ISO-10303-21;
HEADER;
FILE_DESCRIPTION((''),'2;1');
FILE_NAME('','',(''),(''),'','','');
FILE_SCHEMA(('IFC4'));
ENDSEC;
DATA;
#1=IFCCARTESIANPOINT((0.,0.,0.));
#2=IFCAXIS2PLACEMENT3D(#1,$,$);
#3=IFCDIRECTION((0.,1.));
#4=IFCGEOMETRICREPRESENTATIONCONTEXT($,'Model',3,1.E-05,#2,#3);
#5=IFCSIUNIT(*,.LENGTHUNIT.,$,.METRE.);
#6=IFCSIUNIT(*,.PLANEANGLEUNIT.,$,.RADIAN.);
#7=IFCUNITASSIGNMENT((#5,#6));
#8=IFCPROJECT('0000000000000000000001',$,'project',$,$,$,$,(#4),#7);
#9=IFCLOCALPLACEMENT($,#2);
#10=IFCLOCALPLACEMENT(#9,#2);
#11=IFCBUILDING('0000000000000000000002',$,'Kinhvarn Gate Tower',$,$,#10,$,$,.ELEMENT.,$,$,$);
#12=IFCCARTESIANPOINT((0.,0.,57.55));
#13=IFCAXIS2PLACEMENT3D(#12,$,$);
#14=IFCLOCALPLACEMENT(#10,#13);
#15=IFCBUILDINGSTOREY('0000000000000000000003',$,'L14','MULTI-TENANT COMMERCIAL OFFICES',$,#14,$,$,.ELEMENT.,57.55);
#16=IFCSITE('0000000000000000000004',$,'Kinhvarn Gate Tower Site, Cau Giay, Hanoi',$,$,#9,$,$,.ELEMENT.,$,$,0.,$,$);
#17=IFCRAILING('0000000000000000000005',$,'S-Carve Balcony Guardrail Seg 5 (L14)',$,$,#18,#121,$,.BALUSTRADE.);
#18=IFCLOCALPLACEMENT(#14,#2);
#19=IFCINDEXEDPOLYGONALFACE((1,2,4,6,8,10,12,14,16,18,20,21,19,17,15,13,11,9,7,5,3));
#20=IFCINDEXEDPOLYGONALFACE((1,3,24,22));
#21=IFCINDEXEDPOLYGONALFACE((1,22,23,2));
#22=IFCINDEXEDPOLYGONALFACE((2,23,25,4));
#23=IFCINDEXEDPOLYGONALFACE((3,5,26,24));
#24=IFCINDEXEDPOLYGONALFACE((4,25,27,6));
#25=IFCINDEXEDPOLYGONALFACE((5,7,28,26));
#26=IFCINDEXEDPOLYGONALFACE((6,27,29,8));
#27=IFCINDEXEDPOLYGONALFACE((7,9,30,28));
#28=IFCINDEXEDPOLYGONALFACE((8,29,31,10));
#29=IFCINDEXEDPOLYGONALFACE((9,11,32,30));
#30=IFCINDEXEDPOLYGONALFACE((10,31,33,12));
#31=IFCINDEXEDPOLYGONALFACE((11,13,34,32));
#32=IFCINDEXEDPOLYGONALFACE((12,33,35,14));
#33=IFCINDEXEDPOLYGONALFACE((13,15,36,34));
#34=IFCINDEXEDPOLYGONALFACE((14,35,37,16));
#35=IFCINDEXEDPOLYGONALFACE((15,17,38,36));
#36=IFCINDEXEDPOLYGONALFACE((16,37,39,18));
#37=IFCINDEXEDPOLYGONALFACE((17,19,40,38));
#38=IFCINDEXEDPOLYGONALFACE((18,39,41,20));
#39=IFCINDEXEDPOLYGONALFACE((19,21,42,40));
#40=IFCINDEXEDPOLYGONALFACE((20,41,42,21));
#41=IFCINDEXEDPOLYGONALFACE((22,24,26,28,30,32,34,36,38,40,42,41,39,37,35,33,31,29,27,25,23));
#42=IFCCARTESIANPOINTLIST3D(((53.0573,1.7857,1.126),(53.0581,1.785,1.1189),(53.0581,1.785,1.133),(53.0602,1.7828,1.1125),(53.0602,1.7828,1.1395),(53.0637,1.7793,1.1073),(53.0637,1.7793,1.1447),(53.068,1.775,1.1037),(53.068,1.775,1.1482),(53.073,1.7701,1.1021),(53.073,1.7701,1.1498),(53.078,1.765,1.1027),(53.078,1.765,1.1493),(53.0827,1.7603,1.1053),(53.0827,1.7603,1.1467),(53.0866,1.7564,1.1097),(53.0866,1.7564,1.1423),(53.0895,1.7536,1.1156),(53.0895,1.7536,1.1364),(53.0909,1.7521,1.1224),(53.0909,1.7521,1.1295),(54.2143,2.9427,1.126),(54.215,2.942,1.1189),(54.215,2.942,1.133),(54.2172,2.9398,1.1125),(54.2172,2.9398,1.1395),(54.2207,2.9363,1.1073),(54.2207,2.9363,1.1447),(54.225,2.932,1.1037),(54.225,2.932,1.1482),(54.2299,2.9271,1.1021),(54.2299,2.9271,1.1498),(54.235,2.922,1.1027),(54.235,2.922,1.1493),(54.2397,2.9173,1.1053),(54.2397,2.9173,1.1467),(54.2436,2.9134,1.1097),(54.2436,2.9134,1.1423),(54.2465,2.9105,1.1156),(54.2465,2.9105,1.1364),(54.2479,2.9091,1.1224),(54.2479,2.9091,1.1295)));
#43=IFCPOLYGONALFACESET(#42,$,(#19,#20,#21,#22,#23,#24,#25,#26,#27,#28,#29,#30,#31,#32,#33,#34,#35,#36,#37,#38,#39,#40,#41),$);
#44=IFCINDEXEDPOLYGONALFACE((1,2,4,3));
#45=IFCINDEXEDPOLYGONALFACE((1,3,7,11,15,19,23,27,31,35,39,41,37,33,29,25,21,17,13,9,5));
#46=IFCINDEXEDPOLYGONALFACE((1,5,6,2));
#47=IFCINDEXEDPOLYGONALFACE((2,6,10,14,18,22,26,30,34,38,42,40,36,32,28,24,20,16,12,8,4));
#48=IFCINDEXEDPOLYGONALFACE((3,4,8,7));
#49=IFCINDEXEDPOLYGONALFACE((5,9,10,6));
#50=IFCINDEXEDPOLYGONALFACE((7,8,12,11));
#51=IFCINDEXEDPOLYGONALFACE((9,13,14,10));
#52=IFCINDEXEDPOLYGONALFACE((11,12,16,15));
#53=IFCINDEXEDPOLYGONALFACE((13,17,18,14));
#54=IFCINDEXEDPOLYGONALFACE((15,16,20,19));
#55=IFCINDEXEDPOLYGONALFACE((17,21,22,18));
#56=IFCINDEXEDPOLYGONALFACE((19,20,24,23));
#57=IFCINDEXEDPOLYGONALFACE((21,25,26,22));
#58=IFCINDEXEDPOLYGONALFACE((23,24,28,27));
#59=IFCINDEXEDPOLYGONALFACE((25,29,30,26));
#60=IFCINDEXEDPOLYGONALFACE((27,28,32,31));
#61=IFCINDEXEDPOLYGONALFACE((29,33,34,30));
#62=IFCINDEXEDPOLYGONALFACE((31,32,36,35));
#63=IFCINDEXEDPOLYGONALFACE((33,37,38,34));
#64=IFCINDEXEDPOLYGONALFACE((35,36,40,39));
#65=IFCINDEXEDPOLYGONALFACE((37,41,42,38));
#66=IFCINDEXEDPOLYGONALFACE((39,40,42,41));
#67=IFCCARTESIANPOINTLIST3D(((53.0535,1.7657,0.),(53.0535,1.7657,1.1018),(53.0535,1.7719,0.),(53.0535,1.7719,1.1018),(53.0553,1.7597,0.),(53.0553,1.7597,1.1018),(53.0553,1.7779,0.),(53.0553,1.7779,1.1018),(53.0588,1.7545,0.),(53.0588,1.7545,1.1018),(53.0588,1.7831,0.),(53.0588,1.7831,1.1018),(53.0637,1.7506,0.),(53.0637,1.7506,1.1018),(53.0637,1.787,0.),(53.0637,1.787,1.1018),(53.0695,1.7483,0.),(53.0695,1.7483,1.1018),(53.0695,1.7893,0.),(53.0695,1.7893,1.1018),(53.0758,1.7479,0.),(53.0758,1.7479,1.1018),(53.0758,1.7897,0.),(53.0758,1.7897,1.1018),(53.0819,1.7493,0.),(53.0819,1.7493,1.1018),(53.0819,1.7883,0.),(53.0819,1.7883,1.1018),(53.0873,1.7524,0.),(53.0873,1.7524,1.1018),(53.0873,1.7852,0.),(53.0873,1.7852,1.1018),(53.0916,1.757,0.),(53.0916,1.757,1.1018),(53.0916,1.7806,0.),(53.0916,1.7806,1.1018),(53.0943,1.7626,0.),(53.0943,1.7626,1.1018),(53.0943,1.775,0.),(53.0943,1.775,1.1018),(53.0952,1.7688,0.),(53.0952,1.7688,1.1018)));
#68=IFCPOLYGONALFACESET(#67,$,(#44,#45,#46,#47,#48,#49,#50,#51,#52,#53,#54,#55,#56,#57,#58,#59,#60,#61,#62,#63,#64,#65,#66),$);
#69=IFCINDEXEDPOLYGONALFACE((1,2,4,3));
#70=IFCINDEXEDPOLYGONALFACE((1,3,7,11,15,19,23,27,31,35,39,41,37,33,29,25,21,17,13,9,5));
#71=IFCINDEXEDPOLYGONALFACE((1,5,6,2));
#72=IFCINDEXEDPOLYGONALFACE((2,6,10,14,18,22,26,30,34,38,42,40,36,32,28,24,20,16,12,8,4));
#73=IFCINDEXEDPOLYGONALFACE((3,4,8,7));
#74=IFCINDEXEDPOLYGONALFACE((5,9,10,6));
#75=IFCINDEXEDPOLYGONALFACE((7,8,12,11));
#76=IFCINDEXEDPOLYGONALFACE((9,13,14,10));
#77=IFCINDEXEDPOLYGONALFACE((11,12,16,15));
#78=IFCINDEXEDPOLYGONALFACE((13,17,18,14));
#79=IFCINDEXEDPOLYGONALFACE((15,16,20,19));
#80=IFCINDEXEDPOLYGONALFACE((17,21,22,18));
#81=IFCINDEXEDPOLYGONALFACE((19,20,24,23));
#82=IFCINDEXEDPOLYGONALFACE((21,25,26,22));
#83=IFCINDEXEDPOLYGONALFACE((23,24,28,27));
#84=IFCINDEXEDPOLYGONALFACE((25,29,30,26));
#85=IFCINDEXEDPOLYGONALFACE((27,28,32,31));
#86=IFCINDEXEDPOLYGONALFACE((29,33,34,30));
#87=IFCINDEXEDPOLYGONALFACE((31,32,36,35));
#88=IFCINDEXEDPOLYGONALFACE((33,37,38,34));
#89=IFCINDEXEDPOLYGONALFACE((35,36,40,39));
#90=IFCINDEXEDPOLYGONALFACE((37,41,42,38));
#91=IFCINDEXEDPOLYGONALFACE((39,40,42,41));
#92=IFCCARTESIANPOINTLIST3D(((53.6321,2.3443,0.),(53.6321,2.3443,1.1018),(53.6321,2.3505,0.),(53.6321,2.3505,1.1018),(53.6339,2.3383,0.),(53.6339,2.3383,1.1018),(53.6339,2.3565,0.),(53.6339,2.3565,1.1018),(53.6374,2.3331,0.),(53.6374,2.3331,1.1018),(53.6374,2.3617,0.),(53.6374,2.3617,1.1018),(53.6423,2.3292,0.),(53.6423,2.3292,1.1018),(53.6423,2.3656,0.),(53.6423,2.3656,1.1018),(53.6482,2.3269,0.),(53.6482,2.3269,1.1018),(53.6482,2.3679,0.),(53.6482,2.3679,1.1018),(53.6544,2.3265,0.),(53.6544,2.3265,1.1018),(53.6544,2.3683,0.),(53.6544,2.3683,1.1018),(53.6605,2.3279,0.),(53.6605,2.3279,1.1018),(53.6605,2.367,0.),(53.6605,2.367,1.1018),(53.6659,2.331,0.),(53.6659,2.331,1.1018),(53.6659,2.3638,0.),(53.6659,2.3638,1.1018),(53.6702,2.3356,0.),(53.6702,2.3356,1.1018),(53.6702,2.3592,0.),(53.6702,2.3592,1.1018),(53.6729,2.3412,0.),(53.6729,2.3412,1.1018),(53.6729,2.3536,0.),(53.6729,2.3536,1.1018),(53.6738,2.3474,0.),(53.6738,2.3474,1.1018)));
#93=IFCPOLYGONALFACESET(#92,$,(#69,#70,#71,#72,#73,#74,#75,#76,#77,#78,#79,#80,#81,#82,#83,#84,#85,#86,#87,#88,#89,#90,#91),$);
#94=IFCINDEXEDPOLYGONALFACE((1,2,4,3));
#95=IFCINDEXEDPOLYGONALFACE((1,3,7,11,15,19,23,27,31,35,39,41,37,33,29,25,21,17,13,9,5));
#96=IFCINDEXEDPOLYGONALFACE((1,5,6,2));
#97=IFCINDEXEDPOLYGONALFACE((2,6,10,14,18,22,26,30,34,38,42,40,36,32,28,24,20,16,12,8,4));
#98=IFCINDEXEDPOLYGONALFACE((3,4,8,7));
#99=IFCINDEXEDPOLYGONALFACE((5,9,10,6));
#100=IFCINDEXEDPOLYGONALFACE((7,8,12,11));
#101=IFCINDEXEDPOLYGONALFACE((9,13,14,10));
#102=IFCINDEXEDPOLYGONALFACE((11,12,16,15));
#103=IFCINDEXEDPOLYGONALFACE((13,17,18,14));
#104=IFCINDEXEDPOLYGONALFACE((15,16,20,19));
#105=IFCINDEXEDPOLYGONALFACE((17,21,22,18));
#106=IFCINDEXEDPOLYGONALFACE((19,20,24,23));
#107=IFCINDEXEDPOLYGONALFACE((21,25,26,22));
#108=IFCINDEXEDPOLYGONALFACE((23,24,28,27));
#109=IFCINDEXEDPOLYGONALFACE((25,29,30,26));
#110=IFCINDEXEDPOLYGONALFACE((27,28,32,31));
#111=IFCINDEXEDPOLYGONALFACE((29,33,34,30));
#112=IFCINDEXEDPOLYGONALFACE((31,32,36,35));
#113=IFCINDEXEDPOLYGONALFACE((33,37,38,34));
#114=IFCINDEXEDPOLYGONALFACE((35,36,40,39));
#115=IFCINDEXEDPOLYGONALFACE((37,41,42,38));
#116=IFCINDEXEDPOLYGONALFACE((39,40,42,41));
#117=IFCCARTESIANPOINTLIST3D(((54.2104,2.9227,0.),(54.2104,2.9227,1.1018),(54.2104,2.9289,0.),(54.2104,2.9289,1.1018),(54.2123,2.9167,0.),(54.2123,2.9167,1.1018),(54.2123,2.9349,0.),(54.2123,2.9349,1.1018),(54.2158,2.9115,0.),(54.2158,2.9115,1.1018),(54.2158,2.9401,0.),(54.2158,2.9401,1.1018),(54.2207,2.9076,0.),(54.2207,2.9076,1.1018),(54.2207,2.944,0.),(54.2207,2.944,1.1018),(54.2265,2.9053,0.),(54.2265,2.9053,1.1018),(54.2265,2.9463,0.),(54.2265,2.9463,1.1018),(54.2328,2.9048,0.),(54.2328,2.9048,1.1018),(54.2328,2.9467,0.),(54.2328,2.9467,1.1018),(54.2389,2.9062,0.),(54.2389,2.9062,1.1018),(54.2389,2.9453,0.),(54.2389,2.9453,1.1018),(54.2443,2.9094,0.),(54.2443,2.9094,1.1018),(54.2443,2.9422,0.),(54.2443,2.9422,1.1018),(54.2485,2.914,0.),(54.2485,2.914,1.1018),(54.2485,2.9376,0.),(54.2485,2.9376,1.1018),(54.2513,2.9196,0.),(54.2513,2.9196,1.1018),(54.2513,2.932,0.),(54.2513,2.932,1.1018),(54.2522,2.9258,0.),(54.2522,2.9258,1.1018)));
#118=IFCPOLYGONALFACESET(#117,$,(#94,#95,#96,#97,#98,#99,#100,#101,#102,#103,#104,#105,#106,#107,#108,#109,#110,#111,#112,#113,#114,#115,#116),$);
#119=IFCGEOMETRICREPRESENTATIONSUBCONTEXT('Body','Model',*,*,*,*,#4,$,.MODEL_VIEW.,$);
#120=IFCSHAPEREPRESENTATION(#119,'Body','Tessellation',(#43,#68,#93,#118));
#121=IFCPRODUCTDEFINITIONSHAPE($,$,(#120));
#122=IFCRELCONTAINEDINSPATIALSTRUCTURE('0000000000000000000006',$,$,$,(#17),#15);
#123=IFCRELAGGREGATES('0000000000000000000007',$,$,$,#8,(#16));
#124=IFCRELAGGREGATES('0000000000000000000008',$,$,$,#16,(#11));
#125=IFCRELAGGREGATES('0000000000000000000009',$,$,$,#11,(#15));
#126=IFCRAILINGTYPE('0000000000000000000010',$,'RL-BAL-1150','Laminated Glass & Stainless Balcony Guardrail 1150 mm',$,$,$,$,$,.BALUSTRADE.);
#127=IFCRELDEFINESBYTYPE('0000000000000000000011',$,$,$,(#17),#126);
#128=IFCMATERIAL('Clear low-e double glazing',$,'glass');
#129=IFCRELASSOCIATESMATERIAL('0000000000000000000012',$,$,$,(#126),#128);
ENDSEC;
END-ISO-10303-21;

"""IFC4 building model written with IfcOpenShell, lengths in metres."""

from ifc_helpers import new_model, si_unit, direction, frame, origin, origin_2d, place, context, subcontext, project, spatial, circle, extrude, material, type_object, element, save


model = new_model("IFC4")

# Units and contexts
model_context = context("Model", 3, precision=1e-05, world=origin(), true_north=direction((0.0, 1.0)))
body_context = subcontext(model_context, "Body", "Model", "MODEL_VIEW")
ifc_project = project(units=[si_unit("LENGTHUNIT", "METRE"), si_unit("PLANEANGLEUNIT", "RADIAN")], contexts=[model_context])

# Site, building, storey
site_placement = place(None, origin())
site = spatial("IfcSite", under=ifc_project, at=site_placement, Name="Kinhvarn Gate Tower Site, Cau Giay, Hanoi", CompositionType="ELEMENT", RefElevation=0.0)
building_placement = place(site_placement, origin())
building = spatial("IfcBuilding", under=site, at=building_placement, Name="Kinhvarn Gate Tower", CompositionType="ELEMENT")
storey_placement = place(building_placement, frame((0.0, 0.0, 57.55)))
storey = spatial("IfcBuildingStorey", under=building, at=storey_placement, Name="L14", Description="MULTI-TENANT COMMERCIAL OFFICES", CompositionType="ELEMENT", Elevation=57.55)

# Shared definitions
ifc_material_1 = material(Name="Clear low-e double glazing", Category="glass")

# Railing
railing_type = type_object("IfcRailingType", Name="RL-BAL-1150", Description="Laminated Glass & Stainless Balcony Guardrail 1150 mm", PredefinedType="BALUSTRADE", material=ifc_material_1)
railing_1_placement = place(storey_placement, frame((53.0742, 1.7688, 0.0)))
element("IfcRailing", 1, at=railing_1_placement, inside=storey, type_object=railing_type, Name="S-Carve Balcony Guardrail Seg 5 (L14)", PredefinedType="BALUSTRADE", context=body_context, shape_type="SweptSolid", body=[
    extrude(circle(Radius=0.0239, at=origin_2d()), frame((0.0, 0.0, 1.126), z_axis=(0.707107, 0.707107, 0.0), x_axis=(-0.707107, 0.707107, 0.0)), (0.0, 0.0, 1.0), 1.6362),
    extrude(circle(Radius=0.021, at=origin_2d()), origin(), (0.0, 0.0, 1.0), 1.1018),
    extrude(circle(Radius=0.021, at=origin_2d()), frame((0.5786, 0.5786, 0.0)), (0.0, 0.0, 1.0), 1.1018),
    extrude(circle(Radius=0.021, at=origin_2d()), frame((1.157, 1.157, 0.0)), (0.0, 0.0, 1.0), 1.1018),
])

save(model, "model.ifc")
